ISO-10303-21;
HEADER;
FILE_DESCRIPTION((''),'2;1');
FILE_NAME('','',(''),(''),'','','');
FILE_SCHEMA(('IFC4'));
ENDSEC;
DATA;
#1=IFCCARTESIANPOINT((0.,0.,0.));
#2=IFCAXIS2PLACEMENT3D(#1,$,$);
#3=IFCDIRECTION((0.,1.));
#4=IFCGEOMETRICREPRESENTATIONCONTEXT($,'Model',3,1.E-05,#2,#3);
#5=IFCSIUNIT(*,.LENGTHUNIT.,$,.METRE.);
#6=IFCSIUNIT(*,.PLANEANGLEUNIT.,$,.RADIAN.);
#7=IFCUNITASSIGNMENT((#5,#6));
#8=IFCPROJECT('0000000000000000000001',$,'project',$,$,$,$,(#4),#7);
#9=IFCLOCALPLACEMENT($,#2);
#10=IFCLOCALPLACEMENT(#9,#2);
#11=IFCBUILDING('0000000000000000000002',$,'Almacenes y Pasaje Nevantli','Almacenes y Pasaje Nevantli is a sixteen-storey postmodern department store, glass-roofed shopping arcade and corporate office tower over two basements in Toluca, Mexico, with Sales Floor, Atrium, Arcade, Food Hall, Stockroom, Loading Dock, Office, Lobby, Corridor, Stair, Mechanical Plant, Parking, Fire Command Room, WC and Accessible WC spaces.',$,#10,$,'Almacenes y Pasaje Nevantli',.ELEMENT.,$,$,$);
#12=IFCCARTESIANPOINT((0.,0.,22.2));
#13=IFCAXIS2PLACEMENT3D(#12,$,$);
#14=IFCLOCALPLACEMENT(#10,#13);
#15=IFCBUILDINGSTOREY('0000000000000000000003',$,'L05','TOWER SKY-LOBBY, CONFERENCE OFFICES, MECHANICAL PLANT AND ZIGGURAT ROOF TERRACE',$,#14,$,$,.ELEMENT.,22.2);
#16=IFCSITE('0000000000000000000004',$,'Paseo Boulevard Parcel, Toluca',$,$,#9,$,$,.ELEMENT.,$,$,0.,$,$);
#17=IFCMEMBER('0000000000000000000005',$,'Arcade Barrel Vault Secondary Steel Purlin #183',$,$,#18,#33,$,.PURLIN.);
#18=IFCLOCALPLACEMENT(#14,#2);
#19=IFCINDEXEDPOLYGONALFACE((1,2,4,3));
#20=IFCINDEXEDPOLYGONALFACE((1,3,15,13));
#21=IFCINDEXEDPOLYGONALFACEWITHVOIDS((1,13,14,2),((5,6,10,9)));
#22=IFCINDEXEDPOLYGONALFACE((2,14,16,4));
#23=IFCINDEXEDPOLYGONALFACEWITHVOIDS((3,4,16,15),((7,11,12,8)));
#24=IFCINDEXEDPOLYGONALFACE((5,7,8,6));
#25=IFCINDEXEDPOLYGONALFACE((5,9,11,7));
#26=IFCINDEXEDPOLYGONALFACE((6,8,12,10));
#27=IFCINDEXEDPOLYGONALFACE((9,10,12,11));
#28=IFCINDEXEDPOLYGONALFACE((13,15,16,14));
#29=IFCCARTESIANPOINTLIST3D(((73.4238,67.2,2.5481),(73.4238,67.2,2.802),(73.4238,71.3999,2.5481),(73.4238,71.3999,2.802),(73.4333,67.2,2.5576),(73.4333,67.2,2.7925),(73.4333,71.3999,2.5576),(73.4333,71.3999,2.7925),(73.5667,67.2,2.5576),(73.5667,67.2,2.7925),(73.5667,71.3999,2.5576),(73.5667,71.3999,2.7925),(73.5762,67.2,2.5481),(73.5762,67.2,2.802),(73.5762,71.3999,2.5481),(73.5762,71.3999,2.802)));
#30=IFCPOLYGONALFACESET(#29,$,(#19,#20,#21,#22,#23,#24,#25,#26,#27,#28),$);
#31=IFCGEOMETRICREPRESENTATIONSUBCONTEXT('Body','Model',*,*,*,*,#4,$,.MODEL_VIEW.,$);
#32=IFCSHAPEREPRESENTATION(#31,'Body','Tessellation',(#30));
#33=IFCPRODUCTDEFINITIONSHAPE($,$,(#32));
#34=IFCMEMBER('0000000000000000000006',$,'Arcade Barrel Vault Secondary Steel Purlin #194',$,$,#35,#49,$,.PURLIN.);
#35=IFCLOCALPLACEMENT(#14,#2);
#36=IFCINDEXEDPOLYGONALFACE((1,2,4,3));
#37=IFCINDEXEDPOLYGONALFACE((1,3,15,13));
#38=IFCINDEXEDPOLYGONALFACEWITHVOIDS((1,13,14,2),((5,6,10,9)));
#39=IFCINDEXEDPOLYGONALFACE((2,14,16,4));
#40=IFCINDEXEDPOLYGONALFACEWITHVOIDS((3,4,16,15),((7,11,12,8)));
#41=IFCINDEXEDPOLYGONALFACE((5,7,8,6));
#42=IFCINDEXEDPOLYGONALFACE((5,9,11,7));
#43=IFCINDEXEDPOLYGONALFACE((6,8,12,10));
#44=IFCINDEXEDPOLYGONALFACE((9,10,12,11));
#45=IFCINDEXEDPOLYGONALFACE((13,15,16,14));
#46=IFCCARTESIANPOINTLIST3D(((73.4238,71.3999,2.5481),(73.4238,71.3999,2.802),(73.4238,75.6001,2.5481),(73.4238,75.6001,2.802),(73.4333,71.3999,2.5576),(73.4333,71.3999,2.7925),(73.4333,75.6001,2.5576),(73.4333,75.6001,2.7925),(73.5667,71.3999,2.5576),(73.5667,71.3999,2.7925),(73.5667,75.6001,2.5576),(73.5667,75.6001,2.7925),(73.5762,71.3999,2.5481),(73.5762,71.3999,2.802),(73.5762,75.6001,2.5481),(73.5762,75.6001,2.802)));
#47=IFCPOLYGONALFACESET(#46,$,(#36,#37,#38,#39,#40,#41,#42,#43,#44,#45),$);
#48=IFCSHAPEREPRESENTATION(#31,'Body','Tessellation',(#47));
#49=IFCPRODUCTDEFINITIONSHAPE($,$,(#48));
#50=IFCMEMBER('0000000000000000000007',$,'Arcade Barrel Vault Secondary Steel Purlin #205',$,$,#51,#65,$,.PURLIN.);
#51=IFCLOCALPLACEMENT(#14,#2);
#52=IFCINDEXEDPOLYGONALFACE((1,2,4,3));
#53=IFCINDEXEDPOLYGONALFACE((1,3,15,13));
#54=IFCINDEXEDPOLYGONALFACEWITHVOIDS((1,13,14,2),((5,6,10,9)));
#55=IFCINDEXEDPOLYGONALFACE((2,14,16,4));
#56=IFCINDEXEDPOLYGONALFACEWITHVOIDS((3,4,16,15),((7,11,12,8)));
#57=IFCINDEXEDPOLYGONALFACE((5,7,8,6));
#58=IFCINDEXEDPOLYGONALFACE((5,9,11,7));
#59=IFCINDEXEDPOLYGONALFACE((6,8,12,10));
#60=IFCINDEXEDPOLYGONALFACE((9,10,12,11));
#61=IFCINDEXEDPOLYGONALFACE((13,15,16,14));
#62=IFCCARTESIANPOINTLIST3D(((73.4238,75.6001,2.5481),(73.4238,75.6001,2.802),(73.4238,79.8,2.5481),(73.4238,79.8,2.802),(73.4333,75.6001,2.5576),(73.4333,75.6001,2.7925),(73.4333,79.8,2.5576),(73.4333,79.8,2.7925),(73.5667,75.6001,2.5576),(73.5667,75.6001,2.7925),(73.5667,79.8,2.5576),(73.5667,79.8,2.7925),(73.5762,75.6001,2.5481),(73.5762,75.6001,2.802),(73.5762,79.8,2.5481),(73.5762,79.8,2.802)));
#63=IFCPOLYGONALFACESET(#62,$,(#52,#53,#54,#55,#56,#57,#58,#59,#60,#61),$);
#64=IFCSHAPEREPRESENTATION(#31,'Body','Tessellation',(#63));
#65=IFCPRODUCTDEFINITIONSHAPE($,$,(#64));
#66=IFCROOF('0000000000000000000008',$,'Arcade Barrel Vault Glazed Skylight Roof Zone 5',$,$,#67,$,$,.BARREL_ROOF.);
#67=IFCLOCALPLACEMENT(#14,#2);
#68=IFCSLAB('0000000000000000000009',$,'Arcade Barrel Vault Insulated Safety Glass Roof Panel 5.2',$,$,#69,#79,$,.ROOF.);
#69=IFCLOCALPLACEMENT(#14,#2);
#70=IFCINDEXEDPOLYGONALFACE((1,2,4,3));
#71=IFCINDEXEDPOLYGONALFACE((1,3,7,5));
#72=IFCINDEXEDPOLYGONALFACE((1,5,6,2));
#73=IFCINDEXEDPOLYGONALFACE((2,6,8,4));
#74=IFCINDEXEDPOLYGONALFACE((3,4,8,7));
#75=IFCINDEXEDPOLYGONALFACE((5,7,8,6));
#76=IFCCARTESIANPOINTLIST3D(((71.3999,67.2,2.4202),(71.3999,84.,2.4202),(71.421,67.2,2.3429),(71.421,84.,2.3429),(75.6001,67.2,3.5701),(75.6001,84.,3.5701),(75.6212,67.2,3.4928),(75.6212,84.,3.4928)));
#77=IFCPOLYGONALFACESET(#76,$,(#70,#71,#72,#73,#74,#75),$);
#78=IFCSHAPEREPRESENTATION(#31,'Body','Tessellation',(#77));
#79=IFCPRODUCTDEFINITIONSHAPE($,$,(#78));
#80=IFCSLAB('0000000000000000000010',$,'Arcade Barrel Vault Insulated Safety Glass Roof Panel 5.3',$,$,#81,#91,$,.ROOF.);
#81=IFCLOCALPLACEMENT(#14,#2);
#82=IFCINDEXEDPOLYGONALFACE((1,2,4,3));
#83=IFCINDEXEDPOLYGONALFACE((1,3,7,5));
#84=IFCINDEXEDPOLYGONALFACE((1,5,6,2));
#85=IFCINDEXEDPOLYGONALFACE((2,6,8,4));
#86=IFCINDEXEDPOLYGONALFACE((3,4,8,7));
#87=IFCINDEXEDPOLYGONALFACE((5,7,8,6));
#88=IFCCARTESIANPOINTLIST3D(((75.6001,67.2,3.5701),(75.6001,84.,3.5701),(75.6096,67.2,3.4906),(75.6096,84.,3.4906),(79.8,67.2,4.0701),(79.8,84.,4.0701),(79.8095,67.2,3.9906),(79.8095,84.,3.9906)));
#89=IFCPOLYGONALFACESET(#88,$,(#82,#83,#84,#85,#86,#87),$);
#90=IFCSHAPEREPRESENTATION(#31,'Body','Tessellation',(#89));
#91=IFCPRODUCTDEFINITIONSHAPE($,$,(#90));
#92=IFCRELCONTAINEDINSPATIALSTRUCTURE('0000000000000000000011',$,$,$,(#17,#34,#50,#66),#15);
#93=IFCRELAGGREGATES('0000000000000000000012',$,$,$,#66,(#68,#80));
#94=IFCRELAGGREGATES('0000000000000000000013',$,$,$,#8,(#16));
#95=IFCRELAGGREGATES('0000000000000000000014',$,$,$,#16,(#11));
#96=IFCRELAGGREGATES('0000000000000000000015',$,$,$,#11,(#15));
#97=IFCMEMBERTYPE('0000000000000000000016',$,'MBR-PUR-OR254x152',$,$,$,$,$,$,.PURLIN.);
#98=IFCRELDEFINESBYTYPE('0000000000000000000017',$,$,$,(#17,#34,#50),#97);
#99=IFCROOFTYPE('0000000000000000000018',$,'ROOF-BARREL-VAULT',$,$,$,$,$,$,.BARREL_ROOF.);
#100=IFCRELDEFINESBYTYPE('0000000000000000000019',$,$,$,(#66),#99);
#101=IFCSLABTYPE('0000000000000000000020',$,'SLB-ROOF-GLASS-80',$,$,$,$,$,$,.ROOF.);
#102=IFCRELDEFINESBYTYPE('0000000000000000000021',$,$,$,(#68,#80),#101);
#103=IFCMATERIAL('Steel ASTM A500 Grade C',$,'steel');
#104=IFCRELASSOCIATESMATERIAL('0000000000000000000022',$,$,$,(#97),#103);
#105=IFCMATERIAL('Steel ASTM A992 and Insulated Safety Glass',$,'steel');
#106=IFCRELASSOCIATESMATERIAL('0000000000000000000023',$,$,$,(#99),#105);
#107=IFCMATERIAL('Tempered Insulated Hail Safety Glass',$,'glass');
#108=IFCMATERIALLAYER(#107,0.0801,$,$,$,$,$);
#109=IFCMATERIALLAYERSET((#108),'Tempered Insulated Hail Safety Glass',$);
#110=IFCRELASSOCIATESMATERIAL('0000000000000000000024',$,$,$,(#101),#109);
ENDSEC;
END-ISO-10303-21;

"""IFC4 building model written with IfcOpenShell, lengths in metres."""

from ifc_helpers import new_model, si_unit, direction, frame, origin, origin_2d, place, context, subcontext, project, spatial, polyline, hollow_rectangle, outline, extrude, material, layer, layer_set, material_profile, profile_set, type_object, element, aggregate, save


model = new_model("IFC4")

# Units and contexts
model_context = context("Model", 3, precision=1e-05, world=origin(), true_north=direction((0.0, 1.0)))
body_context = subcontext(model_context, "Body", "Model", "MODEL_VIEW")
ifc_project = project(units=[si_unit("LENGTHUNIT", "METRE"), si_unit("PLANEANGLEUNIT", "RADIAN")], contexts=[model_context])

# Site, building, storey
site_placement = place(None, origin())
site = spatial("IfcSite", under=ifc_project, at=site_placement, Name="Paseo Boulevard Parcel, Toluca", CompositionType="ELEMENT", RefElevation=0.0)
building_placement = place(site_placement, origin())
building = spatial("IfcBuilding", under=site, at=building_placement, Name="Almacenes y Pasaje Nevantli", Description="Almacenes y Pasaje Nevantli is a sixteen-storey postmodern department store, glass-roofed shopping arcade and corporate office tower over two basements in Toluca, Mexico, with Sales Floor, Atrium, Arcade, Food Hall, Stockroom, Loading Dock, Office, Lobby, Corridor, Stair, Mechanical Plant, Parking, Fire Command Room, WC and Accessible WC spaces.", LongName="Almacenes y Pasaje Nevantli", CompositionType="ELEMENT")
storey_placement = place(building_placement, frame((0.0, 0.0, 22.2)))
storey = spatial("IfcBuildingStorey", under=building, at=storey_placement, Name="L05", Description="TOWER SKY-LOBBY, CONFERENCE OFFICES, MECHANICAL PLANT AND ZIGGURAT ROOF TERRACE", CompositionType="ELEMENT", Elevation=22.2)

# Members
ifc_material_1 = material(Name="Steel ASTM A500 Grade C", Category="steel")
ifc_material_profile_1 = material_profile(ifc_material_1, hollow_rectangle(XDim=0.1523, YDim=0.2539, WallThickness=0.0095, at=origin_2d()), Name="OR 254x152x9.5")
ifc_profile_set_1 = profile_set([ifc_material_profile_1], Name="Steel ASTM A500 Grade C")
member_type_1 = type_object("IfcMemberType", Name="MBR-PUR-OR254x152", PredefinedType="PURLIN", material=ifc_profile_set_1)
member_1_placement = place(storey_placement, frame((73.5, 67.2, 2.675), z_axis=(0.0, 1.0, 0.0), x_axis=(-1.0, 0.0, 0.0)))
element("IfcMember", 1, at=member_1_placement, inside=storey, type_object=member_type_1, Name="Arcade Barrel Vault Secondary Steel Purlin #183", PredefinedType="PURLIN", context=body_context, shape_type="SweptSolid", body=[
    extrude(hollow_rectangle(XDim=0.1523, YDim=0.2539, WallThickness=0.0095, at=origin_2d()), origin(), (0.0, 0.0, 1.0), 4.2),
])
member_2_placement = place(storey_placement, frame((73.5, 71.3999, 2.675), z_axis=(0.0, 1.0, 0.0), x_axis=(-1.0, 0.0, 0.0)))
element("IfcMember", 2, at=member_2_placement, inside=storey, type_object=member_type_1, Name="Arcade Barrel Vault Secondary Steel Purlin #194", PredefinedType="PURLIN", context=body_context, shape_type="SweptSolid", body=[
    extrude(hollow_rectangle(XDim=0.1523, YDim=0.2539, WallThickness=0.0095, at=origin_2d()), origin(), (0.0, 0.0, 1.0), 4.2002),
])
member_3_placement = place(storey_placement, frame((73.5, 75.6001, 2.675), z_axis=(0.0, 1.0, 0.0), x_axis=(-1.0, 0.0, 0.0)))
element("IfcMember", 3, at=member_3_placement, inside=storey, type_object=member_type_1, Name="Arcade Barrel Vault Secondary Steel Purlin #205", PredefinedType="PURLIN", context=body_context, shape_type="SweptSolid", body=[
    extrude(hollow_rectangle(XDim=0.1523, YDim=0.2539, WallThickness=0.0095, at=origin_2d()), origin(), (0.0, 0.0, 1.0), 4.2),
])

# Roof, slabs
ifc_material_2 = material(Name="Steel ASTM A992 and Insulated Safety Glass", Category="steel")
roof_type = type_object("IfcRoofType", Name="ROOF-BARREL-VAULT", PredefinedType="BARREL_ROOF", material=ifc_material_2)
roof_placement = place(storey_placement, origin())
roof = element("IfcRoof", 4, at=roof_placement, inside=storey, type_object=roof_type, Name="Arcade Barrel Vault Glazed Skylight Roof Zone 5", PredefinedType="BARREL_ROOF")
ifc_material_3 = material(Name="Tempered Insulated Hail Safety Glass", Category="glass")
ifc_layer = layer(ifc_material_3, 0.0801)
ifc_layer_set = layer_set([ifc_layer], Name="Tempered Insulated Hail Safety Glass")
slab_type = type_object("IfcSlabType", Name="SLB-ROOF-GLASS-80", PredefinedType="ROOF", material=ifc_layer_set)
slab_1_placement = place(storey_placement, frame((71.3999, 67.2, 2.4202), z_axis=(-0.264057, 0.0, 0.964507), x_axis=(0.964507, 0.0, 0.264057)))
slab_1 = element("IfcSlab", 5, at=slab_1_placement, type_object=slab_type, Name="Arcade Barrel Vault Insulated Safety Glass Roof Panel 5.2", PredefinedType="ROOF", context=body_context, shape_type="SweptSolid", body=[
    extrude(outline(polyline([(0.0, 0.0), (4.3548, 0.0), (4.3548, 16.8), (0.0, 16.8), (0.0, 0.0)])), origin(), (0.0, 0.0, -1.0), 0.0801),
])
slab_2_placement = place(storey_placement, frame((75.6001, 67.2, 3.5701), z_axis=(-0.118214, 0.0, 0.992988), x_axis=(0.992988, 0.0, 0.118214)))
slab_2 = element("IfcSlab", 6, at=slab_2_placement, type_object=slab_type, Name="Arcade Barrel Vault Insulated Safety Glass Roof Panel 5.3", PredefinedType="ROOF", context=body_context, shape_type="SweptSolid", body=[
    extrude(outline(polyline([(0.0, 0.0), (4.2296, 0.0), (4.2296, 16.8), (0.0, 16.8), (0.0, 0.0)])), origin(), (0.0, 0.0, -1.0), 0.0801),
])
aggregate(roof, [slab_1, slab_2])

save(model, "model.ifc")
